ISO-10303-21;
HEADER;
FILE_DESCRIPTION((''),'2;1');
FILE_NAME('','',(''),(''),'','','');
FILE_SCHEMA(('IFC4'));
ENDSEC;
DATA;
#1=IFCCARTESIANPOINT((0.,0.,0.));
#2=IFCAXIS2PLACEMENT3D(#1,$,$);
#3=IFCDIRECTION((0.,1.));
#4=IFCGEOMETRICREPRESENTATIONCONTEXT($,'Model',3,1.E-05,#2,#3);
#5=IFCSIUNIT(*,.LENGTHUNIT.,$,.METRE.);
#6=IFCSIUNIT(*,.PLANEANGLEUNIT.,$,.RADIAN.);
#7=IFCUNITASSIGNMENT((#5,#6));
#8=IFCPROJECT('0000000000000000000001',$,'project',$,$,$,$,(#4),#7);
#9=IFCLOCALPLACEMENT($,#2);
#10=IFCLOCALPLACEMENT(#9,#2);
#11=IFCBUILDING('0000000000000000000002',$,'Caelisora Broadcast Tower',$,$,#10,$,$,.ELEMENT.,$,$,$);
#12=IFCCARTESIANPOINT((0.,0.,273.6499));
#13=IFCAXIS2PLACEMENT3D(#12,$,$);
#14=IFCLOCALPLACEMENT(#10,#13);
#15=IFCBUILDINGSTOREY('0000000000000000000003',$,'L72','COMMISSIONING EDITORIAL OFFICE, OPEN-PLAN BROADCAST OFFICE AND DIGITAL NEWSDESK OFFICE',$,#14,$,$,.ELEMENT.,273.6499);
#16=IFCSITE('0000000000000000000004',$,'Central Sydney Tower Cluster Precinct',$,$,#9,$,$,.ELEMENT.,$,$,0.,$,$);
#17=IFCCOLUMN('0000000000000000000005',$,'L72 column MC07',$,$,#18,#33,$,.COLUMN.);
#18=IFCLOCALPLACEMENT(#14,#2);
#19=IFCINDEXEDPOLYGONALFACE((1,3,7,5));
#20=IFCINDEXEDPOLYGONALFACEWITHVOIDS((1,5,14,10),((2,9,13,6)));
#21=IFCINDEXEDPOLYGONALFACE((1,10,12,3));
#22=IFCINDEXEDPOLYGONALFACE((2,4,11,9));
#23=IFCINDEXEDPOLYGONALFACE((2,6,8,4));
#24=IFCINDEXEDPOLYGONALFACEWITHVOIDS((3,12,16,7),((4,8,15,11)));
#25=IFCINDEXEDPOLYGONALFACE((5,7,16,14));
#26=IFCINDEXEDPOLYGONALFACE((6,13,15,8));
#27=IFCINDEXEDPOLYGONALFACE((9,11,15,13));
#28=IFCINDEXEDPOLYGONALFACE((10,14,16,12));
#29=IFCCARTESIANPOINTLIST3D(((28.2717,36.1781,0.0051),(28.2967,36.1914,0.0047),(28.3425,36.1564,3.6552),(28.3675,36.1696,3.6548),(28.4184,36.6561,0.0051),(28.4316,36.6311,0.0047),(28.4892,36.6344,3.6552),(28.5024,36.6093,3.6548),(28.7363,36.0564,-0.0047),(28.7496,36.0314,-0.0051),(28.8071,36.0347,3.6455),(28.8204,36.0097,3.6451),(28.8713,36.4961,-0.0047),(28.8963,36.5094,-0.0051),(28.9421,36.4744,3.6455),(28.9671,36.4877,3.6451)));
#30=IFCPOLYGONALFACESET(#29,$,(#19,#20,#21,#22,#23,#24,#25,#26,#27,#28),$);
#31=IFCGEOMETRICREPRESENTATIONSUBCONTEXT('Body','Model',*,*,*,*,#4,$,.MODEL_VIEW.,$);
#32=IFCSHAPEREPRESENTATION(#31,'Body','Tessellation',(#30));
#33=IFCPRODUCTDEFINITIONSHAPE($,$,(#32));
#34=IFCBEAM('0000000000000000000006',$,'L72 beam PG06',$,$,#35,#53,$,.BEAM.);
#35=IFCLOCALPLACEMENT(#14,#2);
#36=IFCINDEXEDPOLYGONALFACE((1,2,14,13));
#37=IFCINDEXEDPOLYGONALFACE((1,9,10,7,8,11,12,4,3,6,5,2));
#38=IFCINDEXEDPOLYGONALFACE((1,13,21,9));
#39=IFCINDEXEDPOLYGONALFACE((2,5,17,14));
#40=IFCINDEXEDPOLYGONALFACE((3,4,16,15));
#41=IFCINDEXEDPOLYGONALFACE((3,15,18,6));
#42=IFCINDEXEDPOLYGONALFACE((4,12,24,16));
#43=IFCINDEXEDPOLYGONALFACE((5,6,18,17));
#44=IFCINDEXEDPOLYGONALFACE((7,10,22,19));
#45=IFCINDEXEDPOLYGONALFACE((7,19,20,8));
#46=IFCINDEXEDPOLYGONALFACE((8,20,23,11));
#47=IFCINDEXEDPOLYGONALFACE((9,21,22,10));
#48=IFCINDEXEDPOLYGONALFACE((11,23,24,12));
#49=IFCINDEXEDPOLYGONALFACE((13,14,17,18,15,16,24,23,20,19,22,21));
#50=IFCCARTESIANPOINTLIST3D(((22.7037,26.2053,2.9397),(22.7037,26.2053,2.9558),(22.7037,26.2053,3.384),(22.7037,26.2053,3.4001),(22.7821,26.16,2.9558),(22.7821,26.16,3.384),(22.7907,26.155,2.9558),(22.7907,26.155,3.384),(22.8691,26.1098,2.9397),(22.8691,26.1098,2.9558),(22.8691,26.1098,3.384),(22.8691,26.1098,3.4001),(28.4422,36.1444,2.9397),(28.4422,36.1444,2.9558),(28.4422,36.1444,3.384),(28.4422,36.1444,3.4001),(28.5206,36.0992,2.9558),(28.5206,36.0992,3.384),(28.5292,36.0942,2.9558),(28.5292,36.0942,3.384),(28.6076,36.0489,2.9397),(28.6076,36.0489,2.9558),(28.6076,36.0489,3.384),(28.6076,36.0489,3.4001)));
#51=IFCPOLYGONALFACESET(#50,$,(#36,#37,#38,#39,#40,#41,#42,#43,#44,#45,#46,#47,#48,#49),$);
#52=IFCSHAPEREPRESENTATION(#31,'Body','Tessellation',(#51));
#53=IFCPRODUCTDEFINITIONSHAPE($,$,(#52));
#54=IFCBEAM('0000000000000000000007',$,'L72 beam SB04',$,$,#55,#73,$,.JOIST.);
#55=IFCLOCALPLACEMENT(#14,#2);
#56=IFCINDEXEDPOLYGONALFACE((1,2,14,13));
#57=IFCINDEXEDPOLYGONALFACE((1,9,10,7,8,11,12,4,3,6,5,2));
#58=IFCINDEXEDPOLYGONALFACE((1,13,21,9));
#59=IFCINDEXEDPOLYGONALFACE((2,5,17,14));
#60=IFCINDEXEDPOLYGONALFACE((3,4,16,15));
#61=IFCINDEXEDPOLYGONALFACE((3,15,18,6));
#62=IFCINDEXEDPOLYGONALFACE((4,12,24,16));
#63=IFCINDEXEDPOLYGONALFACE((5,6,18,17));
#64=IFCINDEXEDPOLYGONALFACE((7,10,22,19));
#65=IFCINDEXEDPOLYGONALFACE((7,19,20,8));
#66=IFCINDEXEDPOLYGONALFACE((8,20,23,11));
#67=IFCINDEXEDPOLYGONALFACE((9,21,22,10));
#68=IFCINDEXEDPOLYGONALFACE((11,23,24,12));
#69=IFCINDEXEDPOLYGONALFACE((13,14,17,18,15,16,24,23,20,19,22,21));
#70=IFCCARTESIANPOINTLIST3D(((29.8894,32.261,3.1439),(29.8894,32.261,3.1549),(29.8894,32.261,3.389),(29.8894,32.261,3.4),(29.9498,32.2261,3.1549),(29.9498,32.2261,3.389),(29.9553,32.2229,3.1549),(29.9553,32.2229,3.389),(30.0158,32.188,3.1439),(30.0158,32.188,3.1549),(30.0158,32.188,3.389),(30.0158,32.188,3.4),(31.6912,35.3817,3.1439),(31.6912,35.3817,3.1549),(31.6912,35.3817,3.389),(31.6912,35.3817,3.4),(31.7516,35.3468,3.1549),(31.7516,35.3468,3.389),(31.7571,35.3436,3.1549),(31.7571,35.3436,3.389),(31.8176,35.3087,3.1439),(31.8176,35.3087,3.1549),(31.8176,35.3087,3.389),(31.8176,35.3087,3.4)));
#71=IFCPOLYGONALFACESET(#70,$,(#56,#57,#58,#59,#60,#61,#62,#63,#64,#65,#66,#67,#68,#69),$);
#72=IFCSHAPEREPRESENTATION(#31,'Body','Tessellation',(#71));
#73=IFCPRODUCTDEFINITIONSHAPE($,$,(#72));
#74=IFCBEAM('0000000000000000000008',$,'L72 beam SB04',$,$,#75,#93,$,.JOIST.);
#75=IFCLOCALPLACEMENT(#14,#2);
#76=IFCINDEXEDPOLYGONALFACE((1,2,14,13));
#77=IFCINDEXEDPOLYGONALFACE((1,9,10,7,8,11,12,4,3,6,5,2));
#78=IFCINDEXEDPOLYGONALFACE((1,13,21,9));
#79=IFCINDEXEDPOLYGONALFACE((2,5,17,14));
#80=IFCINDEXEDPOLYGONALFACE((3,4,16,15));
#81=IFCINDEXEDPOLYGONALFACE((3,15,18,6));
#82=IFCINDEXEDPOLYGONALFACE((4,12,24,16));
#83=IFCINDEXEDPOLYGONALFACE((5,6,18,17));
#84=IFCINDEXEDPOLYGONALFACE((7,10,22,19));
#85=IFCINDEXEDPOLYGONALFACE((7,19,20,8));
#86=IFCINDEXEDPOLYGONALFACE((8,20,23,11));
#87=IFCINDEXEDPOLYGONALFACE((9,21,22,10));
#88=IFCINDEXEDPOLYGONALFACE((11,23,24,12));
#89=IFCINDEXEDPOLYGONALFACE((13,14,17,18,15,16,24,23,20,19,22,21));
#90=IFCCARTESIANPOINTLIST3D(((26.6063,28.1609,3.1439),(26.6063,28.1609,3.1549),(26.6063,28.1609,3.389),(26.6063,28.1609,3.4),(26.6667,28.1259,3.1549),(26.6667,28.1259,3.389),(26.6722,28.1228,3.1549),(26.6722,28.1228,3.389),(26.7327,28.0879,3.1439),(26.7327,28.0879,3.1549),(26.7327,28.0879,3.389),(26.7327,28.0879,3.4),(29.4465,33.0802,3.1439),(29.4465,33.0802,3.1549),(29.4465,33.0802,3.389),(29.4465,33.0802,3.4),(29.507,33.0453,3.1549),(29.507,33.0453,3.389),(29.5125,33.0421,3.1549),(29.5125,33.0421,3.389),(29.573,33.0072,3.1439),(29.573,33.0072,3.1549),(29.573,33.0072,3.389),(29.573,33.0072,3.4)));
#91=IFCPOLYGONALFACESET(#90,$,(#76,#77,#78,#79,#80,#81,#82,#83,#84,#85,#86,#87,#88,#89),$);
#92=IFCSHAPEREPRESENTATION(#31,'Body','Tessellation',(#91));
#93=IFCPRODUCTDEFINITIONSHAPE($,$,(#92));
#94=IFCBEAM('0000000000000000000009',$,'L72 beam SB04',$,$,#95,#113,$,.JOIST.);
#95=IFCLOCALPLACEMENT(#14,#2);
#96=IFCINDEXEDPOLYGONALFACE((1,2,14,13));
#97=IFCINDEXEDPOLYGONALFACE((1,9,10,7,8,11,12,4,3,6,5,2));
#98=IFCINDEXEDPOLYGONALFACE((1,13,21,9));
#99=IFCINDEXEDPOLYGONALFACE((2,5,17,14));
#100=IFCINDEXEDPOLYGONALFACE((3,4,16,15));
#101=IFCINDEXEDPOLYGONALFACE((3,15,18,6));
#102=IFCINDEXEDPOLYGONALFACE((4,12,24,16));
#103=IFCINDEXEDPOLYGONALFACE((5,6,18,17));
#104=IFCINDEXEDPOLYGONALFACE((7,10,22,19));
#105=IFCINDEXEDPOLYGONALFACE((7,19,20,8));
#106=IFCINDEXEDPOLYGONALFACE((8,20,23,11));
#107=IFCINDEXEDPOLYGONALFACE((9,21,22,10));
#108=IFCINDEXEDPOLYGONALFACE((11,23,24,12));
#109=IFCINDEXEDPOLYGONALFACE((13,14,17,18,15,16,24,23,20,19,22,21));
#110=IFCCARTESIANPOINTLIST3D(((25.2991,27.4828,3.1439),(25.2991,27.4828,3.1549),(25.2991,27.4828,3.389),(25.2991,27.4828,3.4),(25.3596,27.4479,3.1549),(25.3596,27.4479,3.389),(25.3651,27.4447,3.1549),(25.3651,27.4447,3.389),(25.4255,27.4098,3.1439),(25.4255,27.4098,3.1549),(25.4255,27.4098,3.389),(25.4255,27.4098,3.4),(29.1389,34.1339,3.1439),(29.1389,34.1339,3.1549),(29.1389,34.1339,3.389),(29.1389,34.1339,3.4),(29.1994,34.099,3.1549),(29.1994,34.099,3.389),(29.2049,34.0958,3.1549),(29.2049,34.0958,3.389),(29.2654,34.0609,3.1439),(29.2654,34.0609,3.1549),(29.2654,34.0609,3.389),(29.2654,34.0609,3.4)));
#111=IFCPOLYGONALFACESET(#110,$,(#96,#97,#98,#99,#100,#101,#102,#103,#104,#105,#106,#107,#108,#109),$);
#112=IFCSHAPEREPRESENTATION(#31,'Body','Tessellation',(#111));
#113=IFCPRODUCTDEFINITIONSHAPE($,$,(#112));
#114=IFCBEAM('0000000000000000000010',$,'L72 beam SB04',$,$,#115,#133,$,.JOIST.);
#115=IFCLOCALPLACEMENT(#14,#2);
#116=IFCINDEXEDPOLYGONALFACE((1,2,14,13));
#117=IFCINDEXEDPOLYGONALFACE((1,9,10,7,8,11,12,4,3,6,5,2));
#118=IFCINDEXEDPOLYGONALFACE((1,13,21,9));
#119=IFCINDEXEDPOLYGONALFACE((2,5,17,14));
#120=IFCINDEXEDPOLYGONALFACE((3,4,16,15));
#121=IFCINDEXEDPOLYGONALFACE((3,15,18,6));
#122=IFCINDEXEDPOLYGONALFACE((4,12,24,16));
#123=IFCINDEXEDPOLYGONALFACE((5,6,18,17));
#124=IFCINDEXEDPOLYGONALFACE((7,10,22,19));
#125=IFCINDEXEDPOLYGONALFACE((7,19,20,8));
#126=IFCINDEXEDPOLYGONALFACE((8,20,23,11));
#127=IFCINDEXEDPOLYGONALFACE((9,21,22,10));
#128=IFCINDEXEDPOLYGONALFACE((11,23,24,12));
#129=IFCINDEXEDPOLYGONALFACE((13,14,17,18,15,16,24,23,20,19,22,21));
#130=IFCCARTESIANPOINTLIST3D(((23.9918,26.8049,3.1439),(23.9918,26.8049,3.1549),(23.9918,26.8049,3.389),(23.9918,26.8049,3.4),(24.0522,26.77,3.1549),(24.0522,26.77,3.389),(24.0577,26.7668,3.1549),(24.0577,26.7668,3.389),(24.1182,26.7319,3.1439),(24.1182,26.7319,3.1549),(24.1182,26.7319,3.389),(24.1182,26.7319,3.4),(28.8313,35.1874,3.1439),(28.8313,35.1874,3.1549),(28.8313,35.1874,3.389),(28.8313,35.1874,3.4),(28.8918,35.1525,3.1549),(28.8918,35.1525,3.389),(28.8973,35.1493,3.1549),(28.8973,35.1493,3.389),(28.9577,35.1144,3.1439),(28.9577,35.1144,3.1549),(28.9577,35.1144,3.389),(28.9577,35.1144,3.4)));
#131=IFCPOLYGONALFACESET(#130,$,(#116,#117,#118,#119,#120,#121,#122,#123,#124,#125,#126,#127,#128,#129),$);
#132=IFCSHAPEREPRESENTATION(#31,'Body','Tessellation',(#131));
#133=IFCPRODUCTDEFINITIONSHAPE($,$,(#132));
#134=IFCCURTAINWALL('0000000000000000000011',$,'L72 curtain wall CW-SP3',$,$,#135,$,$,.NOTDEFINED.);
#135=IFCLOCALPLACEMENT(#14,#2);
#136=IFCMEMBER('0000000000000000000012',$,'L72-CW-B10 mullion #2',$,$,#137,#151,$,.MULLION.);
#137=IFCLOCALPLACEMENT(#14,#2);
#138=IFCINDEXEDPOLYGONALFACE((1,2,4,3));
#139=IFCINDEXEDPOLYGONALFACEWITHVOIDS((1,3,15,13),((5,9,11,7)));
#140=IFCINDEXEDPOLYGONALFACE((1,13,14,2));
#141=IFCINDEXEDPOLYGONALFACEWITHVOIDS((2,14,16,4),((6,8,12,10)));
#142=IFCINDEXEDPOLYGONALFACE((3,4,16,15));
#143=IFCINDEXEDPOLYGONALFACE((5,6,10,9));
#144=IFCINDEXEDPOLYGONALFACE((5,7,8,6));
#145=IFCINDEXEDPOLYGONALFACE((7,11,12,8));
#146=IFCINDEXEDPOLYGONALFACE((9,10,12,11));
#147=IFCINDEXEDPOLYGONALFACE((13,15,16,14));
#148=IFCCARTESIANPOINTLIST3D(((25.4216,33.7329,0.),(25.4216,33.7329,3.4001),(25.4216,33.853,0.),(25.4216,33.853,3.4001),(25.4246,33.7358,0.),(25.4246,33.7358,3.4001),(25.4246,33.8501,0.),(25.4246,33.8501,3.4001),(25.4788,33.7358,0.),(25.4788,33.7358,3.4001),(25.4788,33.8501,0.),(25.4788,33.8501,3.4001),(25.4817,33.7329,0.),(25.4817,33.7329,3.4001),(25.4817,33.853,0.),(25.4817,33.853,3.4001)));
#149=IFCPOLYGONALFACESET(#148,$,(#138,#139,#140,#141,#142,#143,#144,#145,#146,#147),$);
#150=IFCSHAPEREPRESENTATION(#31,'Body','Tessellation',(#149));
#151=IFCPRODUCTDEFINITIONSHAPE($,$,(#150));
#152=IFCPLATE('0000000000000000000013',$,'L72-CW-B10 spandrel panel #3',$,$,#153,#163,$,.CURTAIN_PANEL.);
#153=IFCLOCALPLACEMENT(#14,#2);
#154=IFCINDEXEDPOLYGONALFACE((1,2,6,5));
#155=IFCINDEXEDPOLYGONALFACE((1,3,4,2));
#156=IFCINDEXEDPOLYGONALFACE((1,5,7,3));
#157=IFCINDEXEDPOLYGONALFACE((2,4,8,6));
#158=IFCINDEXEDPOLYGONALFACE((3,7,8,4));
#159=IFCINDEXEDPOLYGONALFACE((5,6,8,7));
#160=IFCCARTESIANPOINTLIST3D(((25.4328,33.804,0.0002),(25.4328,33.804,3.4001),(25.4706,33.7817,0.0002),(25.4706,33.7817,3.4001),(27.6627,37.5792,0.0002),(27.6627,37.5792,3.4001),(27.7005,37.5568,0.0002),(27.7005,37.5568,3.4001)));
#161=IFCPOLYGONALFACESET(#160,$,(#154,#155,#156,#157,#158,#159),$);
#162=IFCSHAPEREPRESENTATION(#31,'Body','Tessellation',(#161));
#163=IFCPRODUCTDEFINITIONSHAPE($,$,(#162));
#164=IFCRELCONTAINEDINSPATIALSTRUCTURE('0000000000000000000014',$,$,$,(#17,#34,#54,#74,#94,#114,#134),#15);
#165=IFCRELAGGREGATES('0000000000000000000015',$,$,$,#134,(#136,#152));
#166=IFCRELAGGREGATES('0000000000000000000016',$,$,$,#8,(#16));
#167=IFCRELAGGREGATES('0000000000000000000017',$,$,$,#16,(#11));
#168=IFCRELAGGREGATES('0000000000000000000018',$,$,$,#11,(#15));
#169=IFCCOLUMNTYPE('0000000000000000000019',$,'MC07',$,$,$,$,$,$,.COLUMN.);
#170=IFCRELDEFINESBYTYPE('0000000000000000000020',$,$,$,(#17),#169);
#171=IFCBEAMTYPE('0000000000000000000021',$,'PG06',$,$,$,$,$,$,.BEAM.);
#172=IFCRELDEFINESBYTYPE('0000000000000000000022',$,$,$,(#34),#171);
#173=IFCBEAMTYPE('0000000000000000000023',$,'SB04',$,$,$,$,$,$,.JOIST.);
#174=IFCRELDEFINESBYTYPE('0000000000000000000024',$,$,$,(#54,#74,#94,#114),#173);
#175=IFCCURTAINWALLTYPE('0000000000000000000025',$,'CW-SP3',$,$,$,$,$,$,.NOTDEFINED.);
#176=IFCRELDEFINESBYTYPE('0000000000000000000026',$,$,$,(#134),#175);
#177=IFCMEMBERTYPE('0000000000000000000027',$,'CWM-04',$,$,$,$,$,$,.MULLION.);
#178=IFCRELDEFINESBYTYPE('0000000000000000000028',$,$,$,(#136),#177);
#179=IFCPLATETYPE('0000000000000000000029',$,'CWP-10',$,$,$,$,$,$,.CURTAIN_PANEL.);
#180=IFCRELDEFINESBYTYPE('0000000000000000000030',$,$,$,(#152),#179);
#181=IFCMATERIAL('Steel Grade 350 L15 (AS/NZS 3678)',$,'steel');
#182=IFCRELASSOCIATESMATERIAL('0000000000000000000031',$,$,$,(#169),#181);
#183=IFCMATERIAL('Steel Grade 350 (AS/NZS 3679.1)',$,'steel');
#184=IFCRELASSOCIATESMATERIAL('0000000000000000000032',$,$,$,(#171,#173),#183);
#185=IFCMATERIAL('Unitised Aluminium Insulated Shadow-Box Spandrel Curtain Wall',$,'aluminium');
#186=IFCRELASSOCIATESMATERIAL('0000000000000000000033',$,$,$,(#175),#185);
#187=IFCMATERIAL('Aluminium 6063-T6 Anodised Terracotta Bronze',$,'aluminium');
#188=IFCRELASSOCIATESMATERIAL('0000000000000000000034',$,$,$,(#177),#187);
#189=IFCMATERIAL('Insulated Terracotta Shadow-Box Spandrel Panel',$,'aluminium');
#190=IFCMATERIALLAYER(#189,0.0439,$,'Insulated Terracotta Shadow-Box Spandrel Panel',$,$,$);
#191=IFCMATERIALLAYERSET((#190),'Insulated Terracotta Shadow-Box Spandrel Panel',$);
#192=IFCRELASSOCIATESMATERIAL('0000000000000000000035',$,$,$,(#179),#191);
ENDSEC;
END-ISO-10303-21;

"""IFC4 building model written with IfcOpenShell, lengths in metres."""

from ifc_helpers import new_model, si_unit, direction, frame, origin, origin_2d, place, context, subcontext, project, spatial, rectangle, hollow_rectangle, i_section, extrude, source, transform, mapped, material, layer, layer_set, material_profile, profile_set, type_object, type_shapes, element, aggregate, save


model = new_model("IFC4")

# Units and contexts
model_context = context("Model", 3, precision=1e-05, world=origin(), true_north=direction((0.0, 1.0)))
body_context = subcontext(model_context, "Body", "Model", "MODEL_VIEW")
ifc_project = project(units=[si_unit("LENGTHUNIT", "METRE"), si_unit("PLANEANGLEUNIT", "RADIAN")], contexts=[model_context])

# Site, building, storey
site_placement = place(None, origin())
site = spatial("IfcSite", under=ifc_project, at=site_placement, Name="Central Sydney Tower Cluster Precinct", CompositionType="ELEMENT", RefElevation=0.0)
building_placement = place(site_placement, origin())
building = spatial("IfcBuilding", under=site, at=building_placement, Name="Caelisora Broadcast Tower", CompositionType="ELEMENT")
storey_placement = place(building_placement, frame((0.0, 0.0, 273.6499)))
storey = spatial("IfcBuildingStorey", under=building, at=storey_placement, Name="L72", Description="COMMISSIONING EDITORIAL OFFICE, OPEN-PLAN BROADCAST OFFICE AND DIGITAL NEWSDESK OFFICE", CompositionType="ELEMENT", Elevation=273.6499)

# Column
ifc_material_1 = material(Name="Steel Grade 350 L15 (AS/NZS 3678)", Category="steel")
ifc_material_profile_1 = material_profile(ifc_material_1, hollow_rectangle(XDim=0.5, YDim=0.5, WallThickness=0.02, at=origin_2d()), Name="Steel Grade 350 L15 (AS/NZS 3678)")
ifc_profile_set_1 = profile_set([ifc_material_profile_1], Name="Steel Grade 350 L15 (AS/NZS 3678)")
column_type = type_object("IfcColumnType", Name="MC07", PredefinedType="COLUMN", material=ifc_profile_set_1)
shared_shape_1 = source(origin(), body_context, "Body", "SweptSolid", [
    extrude(hollow_rectangle(XDim=0.5, YDim=0.5, WallThickness=0.02, at=origin_2d()), origin(), (0.0, 0.0, 1.0), 3.6509),
])
type_shapes(column_type, [shared_shape_1])
column_placement = place(storey_placement, frame((28.584, 36.3438, 0.0), z_axis=(0.019393, -0.005952, 0.999794), x_axis=(0.293391, 0.955993, 0.0)))
element("IfcColumn", 1, at=column_placement, inside=storey, type_object=column_type, Name="L72 column MC07", PredefinedType="COLUMN", context=body_context, shape_type="MappedRepresentation", body=[
    mapped(shared_shape_1, transform((0.0, 0.0, 0.0), scale=1.0)),
])

# Beams
ifc_material_2 = material(Name="Steel Grade 350 (AS/NZS 3679.1)", Category="steel")
ifc_material_profile_2 = material_profile(ifc_material_2, i_section(OverallWidth=0.1909, OverallDepth=0.4604, WebThickness=0.01, FlangeThickness=0.0161, at=origin_2d()), Name="Steel Grade 350 (AS/NZS 3679.1)")
ifc_profile_set_2 = profile_set([ifc_material_profile_2], Name="Steel Grade 350 (AS/NZS 3679.1)")
beam_type_1 = type_object("IfcBeamType", Name="PG06", PredefinedType="BEAM", material=ifc_profile_set_2)
shared_shape_2 = source(origin(), body_context, "Body", "SweptSolid", [
    extrude(i_section(OverallWidth=0.1909, OverallDepth=0.4604, WebThickness=0.01, FlangeThickness=0.0161, at=origin_2d()), origin(), (0.0, 0.0, 1.0), 11.4768),
])
type_shapes(beam_type_1, [shared_shape_2])
beam_1_placement = place(storey_placement, frame((28.5249, 36.0967, 3.1699), z_axis=(-0.500008, -0.866021, 0.0), x_axis=(0.866021, -0.500008, 0.0)))
element("IfcBeam", 2, at=beam_1_placement, inside=storey, type_object=beam_type_1, Name="L72 beam PG06", PredefinedType="BEAM", context=body_context, shape_type="MappedRepresentation", body=[
    mapped(shared_shape_2, transform((0.0, 0.0, 0.0), scale=1.0)),
])
ifc_material_profile_3 = material_profile(ifc_material_2, i_section(OverallWidth=0.146, OverallDepth=0.2561, WebThickness=0.0063, FlangeThickness=0.011, at=origin_2d()), Name="Steel Grade 350 (AS/NZS 3679.1)")
ifc_profile_set_3 = profile_set([ifc_material_profile_3], Name="Steel Grade 350 (AS/NZS 3679.1)")
beam_type_2 = type_object("IfcBeamType", Name="SB04", PredefinedType="JOIST", material=ifc_profile_set_3)
shared_shape_3 = source(origin(), body_context, "Body", "SweptSolid", [
    extrude(i_section(OverallWidth=0.146, OverallDepth=0.2561, WebThickness=0.0063, FlangeThickness=0.011, at=origin_2d()), origin(), (0.0, 0.0, 1.0), 3.6035),
])
beam_2_placement = place(storey_placement, frame((31.7544, 35.3452, 3.272), z_axis=(-0.500016, -0.866016, 0.0), x_axis=(0.866016, -0.500016, 0.0)))
element("IfcBeam", 3, at=beam_2_placement, inside=storey, type_object=beam_type_2, Name="L72 beam SB04", PredefinedType="JOIST", context=body_context, shape_type="MappedRepresentation", body=[
    mapped(shared_shape_3, transform((0.0, 0.0, 0.0), scale=1.0)),
])
shared_shape_4 = source(origin(), body_context, "Body", "SweptSolid", [
    extrude(i_section(OverallWidth=0.146, OverallDepth=0.2561, WebThickness=0.0063, FlangeThickness=0.011, at=origin_2d()), origin(), (0.0, 0.0, 1.0), 5.6804),
])
beam_3_placement = place(storey_placement, frame((29.5098, 33.0437, 3.272), z_axis=(-0.500013, -0.866018, 0.0), x_axis=(0.866018, -0.500013, 0.0)))
element("IfcBeam", 4, at=beam_3_placement, inside=storey, type_object=beam_type_2, Name="L72 beam SB04", PredefinedType="JOIST", context=body_context, shape_type="MappedRepresentation", body=[
    mapped(shared_shape_4, transform((0.0, 0.0, 0.0), scale=1.0)),
])
shared_shape_5 = source(origin(), body_context, "Body", "SweptSolid", [
    extrude(i_section(OverallWidth=0.146, OverallDepth=0.2561, WebThickness=0.0063, FlangeThickness=0.011, at=origin_2d()), origin(), (0.0, 0.0, 1.0), 7.6799),
])
beam_4_placement = place(storey_placement, frame((29.2021, 34.0974, 3.272), z_axis=(-0.499982, -0.866036, 0.0), x_axis=(0.866036, -0.499982, 0.0)))
element("IfcBeam", 5, at=beam_4_placement, inside=storey, type_object=beam_type_2, Name="L72 beam SB04", PredefinedType="JOIST", context=body_context, shape_type="MappedRepresentation", body=[
    mapped(shared_shape_5, transform((0.0, 0.0, 0.0), scale=1.0)),
])
shared_shape_6 = source(origin(), body_context, "Body", "SweptSolid", [
    extrude(i_section(OverallWidth=0.146, OverallDepth=0.2561, WebThickness=0.0063, FlangeThickness=0.011, at=origin_2d()), origin(), (0.0, 0.0, 1.0), 9.6792),
])
type_shapes(beam_type_2, [shared_shape_3, shared_shape_4, shared_shape_5, shared_shape_6])
beam_5_placement = place(storey_placement, frame((28.8945, 35.1509, 3.272), z_axis=(-0.499994, -0.866029, 0.0), x_axis=(0.866029, -0.499994, 0.0)))
element("IfcBeam", 6, at=beam_5_placement, inside=storey, type_object=beam_type_2, Name="L72 beam SB04", PredefinedType="JOIST", context=body_context, shape_type="MappedRepresentation", body=[
    mapped(shared_shape_6, transform((0.0, 0.0, 0.0), scale=1.0)),
])

# Curtain wall, member, plate
ifc_material_3 = material(Name="Unitised Aluminium Insulated Shadow-Box Spandrel Curtain Wall", Category="aluminium")
curtain_wall_type = type_object("IfcCurtainWallType", Name="CW-SP3", PredefinedType="NOTDEFINED", material=ifc_material_3)
curtain_wall_placement = place(storey_placement, origin())
curtain_wall = element("IfcCurtainWall", 7, at=curtain_wall_placement, inside=storey, type_object=curtain_wall_type, Name="L72 curtain wall CW-SP3", PredefinedType="NOTDEFINED")
ifc_material_4 = material(Name="Aluminium 6063-T6 Anodised Terracotta Bronze", Category="aluminium")
ifc_material_profile_4 = material_profile(ifc_material_4, hollow_rectangle(XDim=0.0601, YDim=0.1201, WallThickness=0.0029, at=origin_2d()), Name="Aluminium 6063-T6 Anodised Terracotta Bronze")
ifc_profile_set_4 = profile_set([ifc_material_profile_4], Name="Aluminium 6063-T6 Anodised Terracotta Bronze")
member_type = type_object("IfcMemberType", Name="CWM-04", PredefinedType="MULLION", material=ifc_profile_set_4)
shared_shape_7 = source(origin(), body_context, "Body", "SweptSolid", [
    extrude(hollow_rectangle(XDim=0.0601, YDim=0.1201, WallThickness=0.0029, at=origin_2d()), origin(), (0.0, 0.0, 1.0), 3.4001),
])
type_shapes(member_type, [shared_shape_7])
member_placement = place(storey_placement, frame((25.4517, 33.793, 0.0), z_axis=(0.0, 0.0, 1.0), x_axis=(1.0, 0.0, 0.0)))
member = element("IfcMember", 8, at=member_placement, type_object=member_type, Name="L72-CW-B10 mullion #2", PredefinedType="MULLION", context=body_context, shape_type="MappedRepresentation", body=[
    mapped(shared_shape_7, transform((0.0, 0.0, 0.0), scale=1.0)),
])
ifc_material_5 = material(Name="Insulated Terracotta Shadow-Box Spandrel Panel", Category="aluminium")
ifc_layer_1 = layer(ifc_material_5, 0.0439, Name="Insulated Terracotta Shadow-Box Spandrel Panel")
ifc_layer_set_1 = layer_set([ifc_layer_1], Name="Insulated Terracotta Shadow-Box Spandrel Panel")
plate_type = type_object("IfcPlateType", Name="CWP-10", PredefinedType="CURTAIN_PANEL", material=ifc_layer_set_1)
shared_shape_8 = source(origin(), body_context, "Body", "SweptSolid", [
    extrude(rectangle(XDim=4.3845, YDim=0.0439, at=origin_2d()), origin(), (0.0, 0.0, 1.0), 3.3999),
])
type_shapes(plate_type, [shared_shape_8])
plate_placement = place(storey_placement, frame((26.5667, 35.6804, 0.0002), z_axis=(0.0, 0.0, 1.0), x_axis=(0.508591, 0.861008, 0.0)))
plate = element("IfcPlate", 9, at=plate_placement, type_object=plate_type, Name="L72-CW-B10 spandrel panel #3", PredefinedType="CURTAIN_PANEL", context=body_context, shape_type="MappedRepresentation", body=[
    mapped(shared_shape_8, transform((0.0, 0.0, 0.0), scale=1.0)),
])
aggregate(curtain_wall, [member, plate])

save(model, "model.ifc")
